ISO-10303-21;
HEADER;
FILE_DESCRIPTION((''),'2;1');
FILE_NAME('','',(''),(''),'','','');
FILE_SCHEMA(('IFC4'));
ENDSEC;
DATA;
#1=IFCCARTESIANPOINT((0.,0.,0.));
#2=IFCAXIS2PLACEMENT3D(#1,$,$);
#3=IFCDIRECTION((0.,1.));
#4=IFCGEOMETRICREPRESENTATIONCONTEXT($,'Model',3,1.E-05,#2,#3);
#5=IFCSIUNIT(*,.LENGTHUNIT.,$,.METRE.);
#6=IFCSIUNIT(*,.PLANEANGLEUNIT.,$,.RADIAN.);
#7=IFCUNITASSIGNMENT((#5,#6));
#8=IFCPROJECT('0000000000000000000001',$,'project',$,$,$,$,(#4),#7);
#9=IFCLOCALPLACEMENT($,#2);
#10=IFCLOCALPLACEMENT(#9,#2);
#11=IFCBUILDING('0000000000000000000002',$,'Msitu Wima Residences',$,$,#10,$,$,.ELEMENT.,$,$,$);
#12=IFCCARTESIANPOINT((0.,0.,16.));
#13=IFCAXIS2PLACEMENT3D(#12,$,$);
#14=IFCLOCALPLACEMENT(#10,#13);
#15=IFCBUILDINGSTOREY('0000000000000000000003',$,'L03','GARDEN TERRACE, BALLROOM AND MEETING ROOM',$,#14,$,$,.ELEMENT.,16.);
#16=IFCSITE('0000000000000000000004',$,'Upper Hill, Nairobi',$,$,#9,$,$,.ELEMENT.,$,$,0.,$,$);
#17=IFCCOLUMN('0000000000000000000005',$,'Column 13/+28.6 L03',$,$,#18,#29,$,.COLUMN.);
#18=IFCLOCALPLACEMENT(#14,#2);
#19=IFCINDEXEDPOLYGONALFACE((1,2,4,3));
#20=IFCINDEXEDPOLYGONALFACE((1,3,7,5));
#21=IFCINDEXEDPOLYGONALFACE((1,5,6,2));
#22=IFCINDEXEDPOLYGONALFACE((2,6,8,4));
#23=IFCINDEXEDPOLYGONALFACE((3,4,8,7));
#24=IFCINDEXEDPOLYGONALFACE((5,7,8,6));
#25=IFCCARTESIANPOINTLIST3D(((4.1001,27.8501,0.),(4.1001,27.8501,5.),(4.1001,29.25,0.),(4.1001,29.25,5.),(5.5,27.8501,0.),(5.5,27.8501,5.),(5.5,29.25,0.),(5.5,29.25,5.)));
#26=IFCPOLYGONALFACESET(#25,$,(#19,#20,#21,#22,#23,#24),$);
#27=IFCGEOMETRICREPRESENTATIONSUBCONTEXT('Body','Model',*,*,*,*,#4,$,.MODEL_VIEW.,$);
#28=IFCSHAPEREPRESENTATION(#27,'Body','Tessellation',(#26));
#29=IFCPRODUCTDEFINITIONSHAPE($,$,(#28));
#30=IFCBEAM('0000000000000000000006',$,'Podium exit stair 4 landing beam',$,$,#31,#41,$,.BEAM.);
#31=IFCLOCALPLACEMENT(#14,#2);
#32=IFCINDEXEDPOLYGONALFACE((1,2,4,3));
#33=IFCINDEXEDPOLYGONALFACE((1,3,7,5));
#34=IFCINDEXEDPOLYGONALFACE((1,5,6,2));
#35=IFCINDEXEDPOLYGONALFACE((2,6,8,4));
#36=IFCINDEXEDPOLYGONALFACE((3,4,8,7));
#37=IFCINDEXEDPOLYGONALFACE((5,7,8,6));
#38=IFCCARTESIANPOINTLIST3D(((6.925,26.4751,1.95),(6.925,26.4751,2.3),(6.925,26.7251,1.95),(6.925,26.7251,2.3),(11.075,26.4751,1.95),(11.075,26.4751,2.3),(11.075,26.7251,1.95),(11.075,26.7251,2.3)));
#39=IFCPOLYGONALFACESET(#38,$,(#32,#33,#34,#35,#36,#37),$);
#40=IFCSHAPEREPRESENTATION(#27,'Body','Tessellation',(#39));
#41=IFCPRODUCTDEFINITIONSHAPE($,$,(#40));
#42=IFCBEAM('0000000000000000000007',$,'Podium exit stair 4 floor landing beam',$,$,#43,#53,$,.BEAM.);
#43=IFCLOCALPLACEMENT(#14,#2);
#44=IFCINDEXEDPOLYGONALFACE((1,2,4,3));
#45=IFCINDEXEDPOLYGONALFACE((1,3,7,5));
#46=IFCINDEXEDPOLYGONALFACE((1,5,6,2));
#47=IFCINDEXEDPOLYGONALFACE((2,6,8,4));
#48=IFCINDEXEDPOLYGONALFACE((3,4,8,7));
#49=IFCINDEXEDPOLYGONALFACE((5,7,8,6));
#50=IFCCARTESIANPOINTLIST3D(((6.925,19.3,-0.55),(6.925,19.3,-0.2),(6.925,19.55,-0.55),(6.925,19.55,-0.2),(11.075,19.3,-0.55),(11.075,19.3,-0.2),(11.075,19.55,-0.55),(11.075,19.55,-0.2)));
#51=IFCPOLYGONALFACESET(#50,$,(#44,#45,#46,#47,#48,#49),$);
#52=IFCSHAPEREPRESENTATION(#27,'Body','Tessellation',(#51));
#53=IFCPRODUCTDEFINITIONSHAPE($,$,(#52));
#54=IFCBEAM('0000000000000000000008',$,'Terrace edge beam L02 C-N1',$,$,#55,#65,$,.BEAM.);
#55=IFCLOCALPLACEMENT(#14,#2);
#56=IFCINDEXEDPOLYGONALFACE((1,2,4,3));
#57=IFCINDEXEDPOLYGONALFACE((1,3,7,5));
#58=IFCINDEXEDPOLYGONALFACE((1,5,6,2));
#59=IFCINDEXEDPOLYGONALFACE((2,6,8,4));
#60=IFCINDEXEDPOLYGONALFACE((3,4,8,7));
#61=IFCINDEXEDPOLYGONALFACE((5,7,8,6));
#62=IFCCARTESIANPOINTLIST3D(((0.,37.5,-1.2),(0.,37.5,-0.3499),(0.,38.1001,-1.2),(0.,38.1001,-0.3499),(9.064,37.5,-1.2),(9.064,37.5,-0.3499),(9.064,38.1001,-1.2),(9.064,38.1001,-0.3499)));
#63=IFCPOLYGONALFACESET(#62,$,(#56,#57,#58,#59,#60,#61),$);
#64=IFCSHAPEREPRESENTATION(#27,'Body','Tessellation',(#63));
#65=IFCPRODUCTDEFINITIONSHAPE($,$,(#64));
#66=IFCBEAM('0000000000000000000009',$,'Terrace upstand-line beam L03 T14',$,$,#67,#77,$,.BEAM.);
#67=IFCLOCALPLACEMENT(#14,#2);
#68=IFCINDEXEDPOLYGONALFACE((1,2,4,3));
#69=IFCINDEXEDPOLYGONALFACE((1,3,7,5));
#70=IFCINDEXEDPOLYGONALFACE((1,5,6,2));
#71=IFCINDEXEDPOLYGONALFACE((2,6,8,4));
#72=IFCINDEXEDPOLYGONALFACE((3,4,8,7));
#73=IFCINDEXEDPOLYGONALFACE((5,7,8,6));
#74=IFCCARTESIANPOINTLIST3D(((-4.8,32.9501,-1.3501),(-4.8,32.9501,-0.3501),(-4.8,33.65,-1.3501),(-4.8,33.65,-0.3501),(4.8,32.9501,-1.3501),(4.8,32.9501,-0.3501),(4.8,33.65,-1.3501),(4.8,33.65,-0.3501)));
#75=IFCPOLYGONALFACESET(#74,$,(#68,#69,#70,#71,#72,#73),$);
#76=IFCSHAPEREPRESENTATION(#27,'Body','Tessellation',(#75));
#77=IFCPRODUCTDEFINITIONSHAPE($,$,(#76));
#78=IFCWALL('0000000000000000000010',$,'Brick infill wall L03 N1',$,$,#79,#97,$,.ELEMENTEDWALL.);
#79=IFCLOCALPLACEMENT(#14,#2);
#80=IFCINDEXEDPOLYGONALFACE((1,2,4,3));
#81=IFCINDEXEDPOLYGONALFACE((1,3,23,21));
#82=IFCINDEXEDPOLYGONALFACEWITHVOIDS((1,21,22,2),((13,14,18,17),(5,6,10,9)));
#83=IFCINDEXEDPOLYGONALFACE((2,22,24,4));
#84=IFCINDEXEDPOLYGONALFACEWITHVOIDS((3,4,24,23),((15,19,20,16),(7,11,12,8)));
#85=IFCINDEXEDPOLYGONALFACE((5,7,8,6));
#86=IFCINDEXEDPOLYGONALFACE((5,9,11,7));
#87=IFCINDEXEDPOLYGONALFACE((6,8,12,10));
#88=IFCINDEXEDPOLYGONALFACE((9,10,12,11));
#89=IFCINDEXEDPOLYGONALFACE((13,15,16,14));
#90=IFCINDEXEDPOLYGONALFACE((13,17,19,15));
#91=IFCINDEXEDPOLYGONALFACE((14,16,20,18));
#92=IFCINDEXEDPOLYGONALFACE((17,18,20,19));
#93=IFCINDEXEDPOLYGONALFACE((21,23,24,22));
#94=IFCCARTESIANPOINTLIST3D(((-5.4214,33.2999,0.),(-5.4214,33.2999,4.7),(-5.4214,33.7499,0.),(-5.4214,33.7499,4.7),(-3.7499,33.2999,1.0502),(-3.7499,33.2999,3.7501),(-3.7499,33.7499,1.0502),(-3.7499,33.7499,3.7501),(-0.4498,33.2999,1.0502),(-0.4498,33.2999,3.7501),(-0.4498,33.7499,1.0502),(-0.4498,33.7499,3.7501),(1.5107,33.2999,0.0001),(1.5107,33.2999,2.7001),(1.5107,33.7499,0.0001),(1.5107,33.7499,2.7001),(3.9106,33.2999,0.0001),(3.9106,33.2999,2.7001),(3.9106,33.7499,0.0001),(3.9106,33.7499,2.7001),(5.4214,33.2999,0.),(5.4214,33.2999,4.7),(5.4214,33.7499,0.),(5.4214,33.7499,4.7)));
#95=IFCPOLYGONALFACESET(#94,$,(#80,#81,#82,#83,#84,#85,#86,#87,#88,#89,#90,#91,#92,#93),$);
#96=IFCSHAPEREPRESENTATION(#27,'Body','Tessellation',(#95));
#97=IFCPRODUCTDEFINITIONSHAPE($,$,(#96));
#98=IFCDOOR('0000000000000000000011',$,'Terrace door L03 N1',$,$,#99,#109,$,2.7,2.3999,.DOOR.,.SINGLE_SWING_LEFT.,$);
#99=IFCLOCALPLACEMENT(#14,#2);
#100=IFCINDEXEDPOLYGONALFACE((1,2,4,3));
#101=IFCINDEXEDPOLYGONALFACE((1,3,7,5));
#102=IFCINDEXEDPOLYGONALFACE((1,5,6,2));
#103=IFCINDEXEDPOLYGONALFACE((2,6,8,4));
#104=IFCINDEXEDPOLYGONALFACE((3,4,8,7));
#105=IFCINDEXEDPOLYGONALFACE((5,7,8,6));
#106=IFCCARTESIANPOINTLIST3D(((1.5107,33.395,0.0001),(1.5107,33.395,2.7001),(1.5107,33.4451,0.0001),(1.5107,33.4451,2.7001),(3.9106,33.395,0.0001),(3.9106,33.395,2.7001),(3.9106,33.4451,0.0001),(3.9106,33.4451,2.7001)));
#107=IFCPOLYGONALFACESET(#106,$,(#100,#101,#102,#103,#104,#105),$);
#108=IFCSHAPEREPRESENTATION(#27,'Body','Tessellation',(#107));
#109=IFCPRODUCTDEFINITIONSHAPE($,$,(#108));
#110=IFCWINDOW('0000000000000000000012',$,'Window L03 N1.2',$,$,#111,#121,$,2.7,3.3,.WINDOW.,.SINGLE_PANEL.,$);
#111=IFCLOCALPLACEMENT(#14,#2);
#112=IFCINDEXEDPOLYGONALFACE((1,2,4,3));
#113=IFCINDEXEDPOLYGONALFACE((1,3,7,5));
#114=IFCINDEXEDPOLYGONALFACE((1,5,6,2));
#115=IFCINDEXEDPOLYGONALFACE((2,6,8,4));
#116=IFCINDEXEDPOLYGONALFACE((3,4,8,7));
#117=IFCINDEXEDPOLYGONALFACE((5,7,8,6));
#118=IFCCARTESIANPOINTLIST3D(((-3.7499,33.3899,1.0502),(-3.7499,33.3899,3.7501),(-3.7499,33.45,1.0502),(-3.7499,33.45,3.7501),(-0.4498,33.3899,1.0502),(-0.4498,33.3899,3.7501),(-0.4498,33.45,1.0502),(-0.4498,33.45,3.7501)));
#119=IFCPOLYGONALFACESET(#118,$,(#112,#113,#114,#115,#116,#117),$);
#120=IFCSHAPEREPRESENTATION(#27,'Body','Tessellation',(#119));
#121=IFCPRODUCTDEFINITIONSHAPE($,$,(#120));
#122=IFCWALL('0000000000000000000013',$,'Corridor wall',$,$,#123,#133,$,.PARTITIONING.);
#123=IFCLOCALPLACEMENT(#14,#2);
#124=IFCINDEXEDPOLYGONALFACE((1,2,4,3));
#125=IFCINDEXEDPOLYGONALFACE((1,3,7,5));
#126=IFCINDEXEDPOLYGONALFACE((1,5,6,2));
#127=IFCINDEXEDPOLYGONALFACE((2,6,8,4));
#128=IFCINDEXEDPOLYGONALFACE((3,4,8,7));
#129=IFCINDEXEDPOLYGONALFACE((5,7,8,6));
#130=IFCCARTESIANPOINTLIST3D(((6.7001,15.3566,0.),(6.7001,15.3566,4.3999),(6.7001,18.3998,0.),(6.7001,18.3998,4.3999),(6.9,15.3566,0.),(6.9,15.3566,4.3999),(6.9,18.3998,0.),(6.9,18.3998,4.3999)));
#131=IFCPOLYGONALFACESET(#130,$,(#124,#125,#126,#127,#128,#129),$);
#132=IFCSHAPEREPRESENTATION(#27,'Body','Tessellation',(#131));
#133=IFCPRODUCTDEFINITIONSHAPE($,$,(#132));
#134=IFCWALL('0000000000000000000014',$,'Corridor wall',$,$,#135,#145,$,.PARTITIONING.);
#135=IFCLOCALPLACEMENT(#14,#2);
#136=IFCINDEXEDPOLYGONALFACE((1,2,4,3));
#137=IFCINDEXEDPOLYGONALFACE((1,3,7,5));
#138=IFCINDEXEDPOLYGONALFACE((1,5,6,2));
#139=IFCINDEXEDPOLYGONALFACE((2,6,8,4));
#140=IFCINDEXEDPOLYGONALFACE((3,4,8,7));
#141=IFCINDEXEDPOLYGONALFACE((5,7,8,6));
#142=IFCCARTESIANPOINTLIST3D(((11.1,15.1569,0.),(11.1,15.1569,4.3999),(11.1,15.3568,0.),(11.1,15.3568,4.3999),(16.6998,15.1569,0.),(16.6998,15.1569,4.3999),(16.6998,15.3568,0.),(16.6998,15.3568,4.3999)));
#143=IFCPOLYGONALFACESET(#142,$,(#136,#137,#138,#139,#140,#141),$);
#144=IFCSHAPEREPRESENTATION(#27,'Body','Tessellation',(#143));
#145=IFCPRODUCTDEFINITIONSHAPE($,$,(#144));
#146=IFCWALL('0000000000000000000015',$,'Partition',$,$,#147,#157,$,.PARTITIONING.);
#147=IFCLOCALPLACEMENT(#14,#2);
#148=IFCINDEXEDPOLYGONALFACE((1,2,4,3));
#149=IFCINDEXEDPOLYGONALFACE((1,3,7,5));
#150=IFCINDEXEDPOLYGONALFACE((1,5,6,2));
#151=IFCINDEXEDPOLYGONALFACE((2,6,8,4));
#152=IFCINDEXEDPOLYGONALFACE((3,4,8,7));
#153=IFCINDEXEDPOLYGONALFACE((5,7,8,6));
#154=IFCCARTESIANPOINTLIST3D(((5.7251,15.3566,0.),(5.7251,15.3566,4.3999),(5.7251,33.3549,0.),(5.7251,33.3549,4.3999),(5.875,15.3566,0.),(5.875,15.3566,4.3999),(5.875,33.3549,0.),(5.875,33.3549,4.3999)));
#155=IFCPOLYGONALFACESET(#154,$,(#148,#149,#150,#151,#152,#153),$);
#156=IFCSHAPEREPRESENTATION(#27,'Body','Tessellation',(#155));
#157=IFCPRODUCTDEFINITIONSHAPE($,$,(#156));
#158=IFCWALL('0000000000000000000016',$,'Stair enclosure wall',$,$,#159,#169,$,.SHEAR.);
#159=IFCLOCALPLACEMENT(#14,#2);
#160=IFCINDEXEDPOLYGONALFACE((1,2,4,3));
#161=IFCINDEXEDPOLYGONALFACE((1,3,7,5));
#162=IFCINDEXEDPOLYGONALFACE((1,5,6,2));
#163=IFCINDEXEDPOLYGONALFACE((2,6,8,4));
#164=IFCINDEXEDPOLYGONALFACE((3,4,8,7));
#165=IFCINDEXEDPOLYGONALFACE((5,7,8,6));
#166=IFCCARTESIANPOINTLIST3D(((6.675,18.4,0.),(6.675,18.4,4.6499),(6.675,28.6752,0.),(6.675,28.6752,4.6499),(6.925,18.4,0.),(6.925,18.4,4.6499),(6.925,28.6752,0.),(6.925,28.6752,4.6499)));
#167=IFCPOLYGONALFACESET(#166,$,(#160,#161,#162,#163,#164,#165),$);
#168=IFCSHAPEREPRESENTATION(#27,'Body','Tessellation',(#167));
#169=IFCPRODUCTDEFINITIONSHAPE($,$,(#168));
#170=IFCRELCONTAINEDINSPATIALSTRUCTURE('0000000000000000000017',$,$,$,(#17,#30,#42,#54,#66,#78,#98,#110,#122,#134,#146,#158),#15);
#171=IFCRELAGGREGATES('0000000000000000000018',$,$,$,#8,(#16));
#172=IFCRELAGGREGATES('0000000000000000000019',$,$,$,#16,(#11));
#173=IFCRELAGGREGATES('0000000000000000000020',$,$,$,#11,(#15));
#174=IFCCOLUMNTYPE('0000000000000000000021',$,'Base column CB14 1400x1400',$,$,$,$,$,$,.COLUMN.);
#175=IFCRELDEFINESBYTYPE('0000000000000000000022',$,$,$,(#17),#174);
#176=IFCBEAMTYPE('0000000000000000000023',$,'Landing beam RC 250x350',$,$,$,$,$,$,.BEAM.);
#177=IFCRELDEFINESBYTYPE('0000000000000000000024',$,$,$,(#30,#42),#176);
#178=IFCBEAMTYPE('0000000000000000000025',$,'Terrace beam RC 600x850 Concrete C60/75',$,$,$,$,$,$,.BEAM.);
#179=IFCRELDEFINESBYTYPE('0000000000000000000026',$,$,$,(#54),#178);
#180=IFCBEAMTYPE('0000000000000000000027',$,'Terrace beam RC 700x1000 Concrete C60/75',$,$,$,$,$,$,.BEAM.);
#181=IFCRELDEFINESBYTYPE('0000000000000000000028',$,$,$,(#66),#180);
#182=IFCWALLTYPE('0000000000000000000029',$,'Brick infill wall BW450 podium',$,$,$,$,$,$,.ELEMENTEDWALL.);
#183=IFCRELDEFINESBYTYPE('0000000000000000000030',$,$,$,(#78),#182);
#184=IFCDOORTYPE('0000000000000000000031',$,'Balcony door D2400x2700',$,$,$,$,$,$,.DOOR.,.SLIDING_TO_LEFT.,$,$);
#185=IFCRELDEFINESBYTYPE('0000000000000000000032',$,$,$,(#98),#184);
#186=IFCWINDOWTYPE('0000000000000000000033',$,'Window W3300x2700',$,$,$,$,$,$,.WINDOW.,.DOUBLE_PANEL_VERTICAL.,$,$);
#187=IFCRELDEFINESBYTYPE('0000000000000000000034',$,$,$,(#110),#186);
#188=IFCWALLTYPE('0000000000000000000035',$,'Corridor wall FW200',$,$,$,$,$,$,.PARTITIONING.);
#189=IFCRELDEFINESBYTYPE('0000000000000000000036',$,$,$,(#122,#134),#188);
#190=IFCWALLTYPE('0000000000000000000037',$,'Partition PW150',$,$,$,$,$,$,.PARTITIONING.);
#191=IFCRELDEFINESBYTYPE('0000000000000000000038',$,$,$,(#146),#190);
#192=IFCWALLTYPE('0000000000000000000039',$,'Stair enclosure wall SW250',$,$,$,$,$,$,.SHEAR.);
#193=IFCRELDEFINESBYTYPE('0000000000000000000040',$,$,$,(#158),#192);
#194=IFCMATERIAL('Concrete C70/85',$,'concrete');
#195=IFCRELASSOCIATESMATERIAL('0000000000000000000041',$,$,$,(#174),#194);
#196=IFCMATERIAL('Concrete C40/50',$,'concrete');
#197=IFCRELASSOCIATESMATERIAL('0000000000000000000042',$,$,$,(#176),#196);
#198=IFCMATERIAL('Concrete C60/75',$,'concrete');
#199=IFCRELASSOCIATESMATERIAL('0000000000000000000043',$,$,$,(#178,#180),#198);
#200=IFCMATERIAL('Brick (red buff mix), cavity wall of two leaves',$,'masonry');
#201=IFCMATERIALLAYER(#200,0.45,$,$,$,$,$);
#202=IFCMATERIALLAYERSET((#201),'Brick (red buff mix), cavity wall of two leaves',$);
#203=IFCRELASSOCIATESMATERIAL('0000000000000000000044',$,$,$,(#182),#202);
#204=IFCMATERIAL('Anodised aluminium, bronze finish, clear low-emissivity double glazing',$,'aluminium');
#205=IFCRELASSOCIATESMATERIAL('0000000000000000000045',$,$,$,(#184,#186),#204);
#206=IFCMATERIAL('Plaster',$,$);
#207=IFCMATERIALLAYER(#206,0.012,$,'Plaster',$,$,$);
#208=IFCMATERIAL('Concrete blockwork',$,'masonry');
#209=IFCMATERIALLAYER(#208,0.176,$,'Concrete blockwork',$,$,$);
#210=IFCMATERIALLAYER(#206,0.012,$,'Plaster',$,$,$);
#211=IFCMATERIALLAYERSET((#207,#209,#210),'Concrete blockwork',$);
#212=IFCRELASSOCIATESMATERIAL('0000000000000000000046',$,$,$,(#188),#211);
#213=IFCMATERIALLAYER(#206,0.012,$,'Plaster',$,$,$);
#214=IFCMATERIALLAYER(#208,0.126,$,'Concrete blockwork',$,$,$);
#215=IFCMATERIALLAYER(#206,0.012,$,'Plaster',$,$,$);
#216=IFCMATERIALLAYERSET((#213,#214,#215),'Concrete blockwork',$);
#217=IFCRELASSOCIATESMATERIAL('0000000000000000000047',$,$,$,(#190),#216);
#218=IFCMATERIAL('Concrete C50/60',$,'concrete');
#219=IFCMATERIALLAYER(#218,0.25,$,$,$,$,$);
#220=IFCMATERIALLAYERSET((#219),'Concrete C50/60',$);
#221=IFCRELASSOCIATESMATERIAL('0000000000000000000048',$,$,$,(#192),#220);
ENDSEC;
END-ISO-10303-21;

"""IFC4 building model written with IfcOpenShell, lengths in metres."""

from ifc_helpers import new_model, si_unit, direction, frame, frame_2d, origin, origin_2d, place, context, subcontext, project, spatial, rectangle, extrude, material, layer, layer_set, material_profile, profile_set, type_object, element, fill, save


model = new_model("IFC4")

# Units and contexts
model_context = context("Model", 3, precision=1e-05, world=origin(), true_north=direction((0.0, 1.0)))
body_context = subcontext(model_context, "Body", "Model", "MODEL_VIEW")
ifc_project = project(units=[si_unit("LENGTHUNIT", "METRE"), si_unit("PLANEANGLEUNIT", "RADIAN")], contexts=[model_context])

# Site, building, storey
site_placement = place(None, origin())
site = spatial("IfcSite", under=ifc_project, at=site_placement, Name="Upper Hill, Nairobi", CompositionType="ELEMENT", RefElevation=0.0)
building_placement = place(site_placement, origin())
building = spatial("IfcBuilding", under=site, at=building_placement, Name="Msitu Wima Residences", CompositionType="ELEMENT")
storey_placement = place(building_placement, frame((0.0, 0.0, 16.0)))
storey = spatial("IfcBuildingStorey", under=building, at=storey_placement, Name="L03", Description="GARDEN TERRACE, BALLROOM AND MEETING ROOM", CompositionType="ELEMENT", Elevation=16.0)

# Column
ifc_material_1 = material(Name="Concrete C70/85", Category="concrete")
ifc_material_profile_1 = material_profile(ifc_material_1, rectangle(XDim=1.3999, YDim=1.3999, at=origin_2d()), Name="RC 1400x1400")
ifc_profile_set_1 = profile_set([ifc_material_profile_1], Name="Concrete C70/85")
column_type = type_object("IfcColumnType", Name="Base column CB14 1400x1400", PredefinedType="COLUMN", material=ifc_profile_set_1)
column_placement = place(storey_placement, frame((4.8, 28.55, 0.0), z_axis=(0.0, 0.0, 1.0), x_axis=(-1.0, 0.0, 0.0)))
element("IfcColumn", 1, at=column_placement, inside=storey, type_object=column_type, Name="Column 13/+28.6 L03", PredefinedType="COLUMN", context=body_context, shape_type="SweptSolid", body=[
    extrude(rectangle(XDim=1.3999, YDim=1.3999, at=origin_2d()), origin(), (0.0, 0.0, 1.0), 5.0),
])

# Beams
ifc_material_2 = material(Name="Concrete C40/50", Category="concrete")
ifc_material_profile_2 = material_profile(ifc_material_2, rectangle(XDim=0.25, YDim=0.3501, at=origin_2d()), Name="RC 250x350")
ifc_profile_set_2 = profile_set([ifc_material_profile_2], Name="Concrete C40/50")
beam_type_1 = type_object("IfcBeamType", Name="Landing beam RC 250x350", PredefinedType="BEAM", material=ifc_profile_set_2)
for number, where, z_axis, x_axis, name in (
    (2, (6.925, 26.6001, 2.125), (1.0, 0.0, 0.0), (0.0, 1.0, 0.0), "Podium exit stair 4 landing beam"),
    (3, (6.925, 19.425, -0.375), (1.0, 0.0, 0.0), (0.0, 1.0, 0.0), "Podium exit stair 4 floor landing beam"),
):
    element("IfcBeam", number, at=place(storey_placement, frame(where, z_axis=z_axis, x_axis=x_axis)), inside=storey, type_object=beam_type_1, Name=name, PredefinedType="BEAM", context=body_context, shape_type="SweptSolid", body=[
        extrude(rectangle(XDim=0.25, YDim=0.3501, at=origin_2d()), origin(), (0.0, 0.0, 1.0), 4.1499),
    ])
ifc_material_3 = material(Name="Concrete C60/75", Category="concrete")
ifc_material_profile_3 = material_profile(ifc_material_3, rectangle(XDim=0.6001, YDim=0.8501, at=origin_2d()), Name="RC 600x850")
ifc_profile_set_3 = profile_set([ifc_material_profile_3], Name="Concrete C60/75")
beam_type_2 = type_object("IfcBeamType", Name="Terrace beam RC 600x850 Concrete C60/75", PredefinedType="BEAM", material=ifc_profile_set_3)
beam_1_placement = place(storey_placement, frame((9.064, 37.8, -0.7749), z_axis=(-1.0, 0.0, 0.0), x_axis=(0.0, -1.0, 0.0)))
element("IfcBeam", 4, at=beam_1_placement, inside=storey, type_object=beam_type_2, Name="Terrace edge beam L02 C-N1", PredefinedType="BEAM", context=body_context, shape_type="SweptSolid", body=[
    extrude(rectangle(XDim=0.6001, YDim=0.8501, at=origin_2d()), origin(), (0.0, 0.0, 1.0), 9.064),
])
ifc_material_profile_4 = material_profile(ifc_material_3, rectangle(XDim=0.7, YDim=1.0, at=origin_2d()), Name="RC 700x1000")
ifc_profile_set_4 = profile_set([ifc_material_profile_4], Name="Concrete C60/75")
beam_type_3 = type_object("IfcBeamType", Name="Terrace beam RC 700x1000 Concrete C60/75", PredefinedType="BEAM", material=ifc_profile_set_4)
beam_2_placement = place(storey_placement, frame((4.8, 33.3, -0.8501), z_axis=(-1.0, 0.0, 0.0), x_axis=(0.0, -1.0, 0.0)))
element("IfcBeam", 5, at=beam_2_placement, inside=storey, type_object=beam_type_3, Name="Terrace upstand-line beam L03 T14", PredefinedType="BEAM", context=body_context, shape_type="SweptSolid", body=[
    extrude(rectangle(XDim=0.7, YDim=1.0, at=origin_2d()), origin(), (0.0, 0.0, 1.0), 9.6001),
])

# Wall, openings, door, window
ifc_material_4 = material(Name="Brick (red buff mix), cavity wall of two leaves", Category="masonry")
ifc_layer_1 = layer(ifc_material_4, 0.45)
ifc_layer_set_1 = layer_set([ifc_layer_1], Name="Brick (red buff mix), cavity wall of two leaves")
wall_type_1 = type_object("IfcWallType", Name="Brick infill wall BW450 podium", PredefinedType="ELEMENTEDWALL", material=ifc_layer_set_1)
wall_1_placement = place(storey_placement, frame((5.4214, 33.5249, 0.0), z_axis=(0.0, 0.0, 1.0), x_axis=(-1.0, 0.0, 0.0)))
wall_1 = element("IfcWall", 6, at=wall_1_placement, inside=storey, type_object=wall_type_1, Name="Brick infill wall L03 N1", PredefinedType="ELEMENTEDWALL", context=body_context, shape_type="SweptSolid", body=[
    extrude(rectangle(XDim=10.8428, YDim=0.45, at=frame_2d((5.4214, 0.0))), origin(), (0.0, 0.0, 1.0), 4.7),
])
opening_1_placement = place(wall_1_placement, frame((1.5107, 0.0, 0.0)))
opening_1 = element("IfcOpeningElement", 7, at=opening_1_placement, cuts=wall_1, PredefinedType="OPENING", context=body_context, shape_type="SweptSolid", body=[
    extrude(rectangle(XDim=2.3999, YDim=2.7, at=frame_2d((1.2, 1.3501))), frame((0.0, 0.2349, 0.0), z_axis=(0.0, -1.0, 0.0), x_axis=(1.0, 0.0, 0.0)), (0.0, 0.0, 1.0), 0.47),
])
opening_2_placement = place(wall_1_placement, frame((5.8713, 0.0, 1.05)))
opening_2 = element("IfcOpeningElement", 8, at=opening_2_placement, cuts=wall_1, PredefinedType="OPENING", context=body_context, shape_type="SweptSolid", body=[
    extrude(rectangle(XDim=3.3, YDim=2.7, at=frame_2d((1.6499, 1.3501))), frame((0.0, 0.2349, 0.0), z_axis=(0.0, -1.0, 0.0), x_axis=(1.0, 0.0, 0.0)), (0.0, 0.0, 1.0), 0.47),
])
ifc_material_5 = material(Name="Anodised aluminium, bronze finish, clear low-emissivity double glazing", Category="aluminium")
door_type_1 = type_object("IfcDoorType", Name="Balcony door D2400x2700", OperationType="SLIDING_TO_LEFT", PredefinedType="DOOR", material=ifc_material_5)
door_1_placement = place(opening_1_placement, origin())
door_1 = element("IfcDoor", 9, at=door_1_placement, inside=storey, type_object=door_type_1, Name="Terrace door L03 N1", OperationType="SINGLE_SWING_LEFT", OverallHeight=2.7, OverallWidth=2.3999, PredefinedType="DOOR", context=body_context, shape_type="SweptSolid", body=[
    extrude(rectangle(XDim=2.3999, YDim=2.7, at=frame_2d((1.2, 1.3501))), frame((0.0, 0.1299, 0.0), z_axis=(0.0, -1.0, 0.0), x_axis=(1.0, 0.0, 0.0)), (0.0, 0.0, 1.0), 0.05),
])
fill(opening_1, door_1)
window_type = type_object("IfcWindowType", Name="Window W3300x2700", PartitioningType="DOUBLE_PANEL_VERTICAL", PredefinedType="WINDOW", material=ifc_material_5)
window_placement = place(opening_2_placement, origin())
window = element("IfcWindow", 10, at=window_placement, inside=storey, type_object=window_type, Name="Window L03 N1.2", OverallHeight=2.7, OverallWidth=3.3, PartitioningType="SINGLE_PANEL", PredefinedType="WINDOW", context=body_context, shape_type="SweptSolid", body=[
    extrude(rectangle(XDim=3.3, YDim=2.7, at=frame_2d((1.6499, 1.3501))), frame((0.0, 0.135, 0.0), z_axis=(0.0, -1.0, 0.0), x_axis=(1.0, 0.0, 0.0)), (0.0, 0.0, 1.0), 0.0601),
])
fill(opening_2, window)

# Wall
ifc_material_6 = material(Name="Plaster")
ifc_layer_2 = layer(ifc_material_6, 0.012, Name="Plaster")
ifc_material_7 = material(Name="Concrete blockwork", Category="masonry")
ifc_layer_3 = layer(ifc_material_7, 0.176, Name="Concrete blockwork")
ifc_layer_4 = layer(ifc_material_6, 0.012, Name="Plaster")
ifc_layer_set_2 = layer_set([ifc_layer_2, ifc_layer_3, ifc_layer_4], Name="Concrete blockwork")
wall_type_2 = type_object("IfcWallType", Name="Corridor wall FW200", PredefinedType="PARTITIONING", material=ifc_layer_set_2)
wall_2_placement = place(storey_placement, frame((6.8, 15.3567, 0.0), z_axis=(0.0, 0.0, 1.0), x_axis=(0.0, 1.0, 0.0)))
element("IfcWall", 11, at=wall_2_placement, inside=storey, type_object=wall_type_2, Name="Corridor wall", PredefinedType="PARTITIONING", context=body_context, shape_type="SweptSolid", body=[
    extrude(rectangle(XDim=3.0432, YDim=0.2, at=frame_2d((1.5215, 0.0))), origin(), (0.0, 0.0, 1.0), 4.3999),
])

# Walls
wall_3_placement = place(storey_placement, frame((11.1001, 15.2568, 0.0), z_axis=(0.0, 0.0, 1.0), x_axis=(1.0, 0.0, 0.0)))
element("IfcWall", 12, at=wall_3_placement, inside=storey, type_object=wall_type_2, Name="Corridor wall", PredefinedType="PARTITIONING", context=body_context, shape_type="SweptSolid", body=[
    extrude(rectangle(XDim=5.5999, YDim=0.2, at=frame_2d((2.7998, 0.0))), origin(), (0.0, 0.0, 1.0), 4.3999),
])
ifc_layer_5 = layer(ifc_material_6, 0.012, Name="Plaster")
ifc_layer_6 = layer(ifc_material_7, 0.126, Name="Concrete blockwork")
ifc_layer_7 = layer(ifc_material_6, 0.012, Name="Plaster")
ifc_layer_set_3 = layer_set([ifc_layer_5, ifc_layer_6, ifc_layer_7], Name="Concrete blockwork")
wall_type_3 = type_object("IfcWallType", Name="Partition PW150", PredefinedType="PARTITIONING", material=ifc_layer_set_3)
wall_4_placement = place(storey_placement, frame((5.8, 15.3567, 0.0), z_axis=(0.0, 0.0, 1.0), x_axis=(0.0, 1.0, 0.0)))
element("IfcWall", 13, at=wall_4_placement, inside=storey, type_object=wall_type_3, Name="Partition", PredefinedType="PARTITIONING", context=body_context, shape_type="SweptSolid", body=[
    extrude(rectangle(XDim=17.9983, YDim=0.1499, at=frame_2d((8.999, 0.0))), origin(), (0.0, 0.0, 1.0), 4.3999),
])
ifc_material_8 = material(Name="Concrete C50/60", Category="concrete")
ifc_layer_8 = layer(ifc_material_8, 0.25)
ifc_layer_set_4 = layer_set([ifc_layer_8], Name="Concrete C50/60")
wall_type_4 = type_object("IfcWallType", Name="Stair enclosure wall SW250", PredefinedType="SHEAR", material=ifc_layer_set_4)
wall_5_placement = place(storey_placement, frame((6.8, 18.3999, 0.0), z_axis=(0.0, 0.0, 1.0), x_axis=(0.0, 1.0, 0.0)))
element("IfcWall", 14, at=wall_5_placement, inside=storey, type_object=wall_type_4, Name="Stair enclosure wall", PredefinedType="SHEAR", context=body_context, shape_type="SweptSolid", body=[
    extrude(rectangle(XDim=10.2751, YDim=0.25, at=frame_2d((5.1377, 0.0))), origin(), (0.0, 0.0, 1.0), 4.6499),
])

save(model, "model.ifc")
